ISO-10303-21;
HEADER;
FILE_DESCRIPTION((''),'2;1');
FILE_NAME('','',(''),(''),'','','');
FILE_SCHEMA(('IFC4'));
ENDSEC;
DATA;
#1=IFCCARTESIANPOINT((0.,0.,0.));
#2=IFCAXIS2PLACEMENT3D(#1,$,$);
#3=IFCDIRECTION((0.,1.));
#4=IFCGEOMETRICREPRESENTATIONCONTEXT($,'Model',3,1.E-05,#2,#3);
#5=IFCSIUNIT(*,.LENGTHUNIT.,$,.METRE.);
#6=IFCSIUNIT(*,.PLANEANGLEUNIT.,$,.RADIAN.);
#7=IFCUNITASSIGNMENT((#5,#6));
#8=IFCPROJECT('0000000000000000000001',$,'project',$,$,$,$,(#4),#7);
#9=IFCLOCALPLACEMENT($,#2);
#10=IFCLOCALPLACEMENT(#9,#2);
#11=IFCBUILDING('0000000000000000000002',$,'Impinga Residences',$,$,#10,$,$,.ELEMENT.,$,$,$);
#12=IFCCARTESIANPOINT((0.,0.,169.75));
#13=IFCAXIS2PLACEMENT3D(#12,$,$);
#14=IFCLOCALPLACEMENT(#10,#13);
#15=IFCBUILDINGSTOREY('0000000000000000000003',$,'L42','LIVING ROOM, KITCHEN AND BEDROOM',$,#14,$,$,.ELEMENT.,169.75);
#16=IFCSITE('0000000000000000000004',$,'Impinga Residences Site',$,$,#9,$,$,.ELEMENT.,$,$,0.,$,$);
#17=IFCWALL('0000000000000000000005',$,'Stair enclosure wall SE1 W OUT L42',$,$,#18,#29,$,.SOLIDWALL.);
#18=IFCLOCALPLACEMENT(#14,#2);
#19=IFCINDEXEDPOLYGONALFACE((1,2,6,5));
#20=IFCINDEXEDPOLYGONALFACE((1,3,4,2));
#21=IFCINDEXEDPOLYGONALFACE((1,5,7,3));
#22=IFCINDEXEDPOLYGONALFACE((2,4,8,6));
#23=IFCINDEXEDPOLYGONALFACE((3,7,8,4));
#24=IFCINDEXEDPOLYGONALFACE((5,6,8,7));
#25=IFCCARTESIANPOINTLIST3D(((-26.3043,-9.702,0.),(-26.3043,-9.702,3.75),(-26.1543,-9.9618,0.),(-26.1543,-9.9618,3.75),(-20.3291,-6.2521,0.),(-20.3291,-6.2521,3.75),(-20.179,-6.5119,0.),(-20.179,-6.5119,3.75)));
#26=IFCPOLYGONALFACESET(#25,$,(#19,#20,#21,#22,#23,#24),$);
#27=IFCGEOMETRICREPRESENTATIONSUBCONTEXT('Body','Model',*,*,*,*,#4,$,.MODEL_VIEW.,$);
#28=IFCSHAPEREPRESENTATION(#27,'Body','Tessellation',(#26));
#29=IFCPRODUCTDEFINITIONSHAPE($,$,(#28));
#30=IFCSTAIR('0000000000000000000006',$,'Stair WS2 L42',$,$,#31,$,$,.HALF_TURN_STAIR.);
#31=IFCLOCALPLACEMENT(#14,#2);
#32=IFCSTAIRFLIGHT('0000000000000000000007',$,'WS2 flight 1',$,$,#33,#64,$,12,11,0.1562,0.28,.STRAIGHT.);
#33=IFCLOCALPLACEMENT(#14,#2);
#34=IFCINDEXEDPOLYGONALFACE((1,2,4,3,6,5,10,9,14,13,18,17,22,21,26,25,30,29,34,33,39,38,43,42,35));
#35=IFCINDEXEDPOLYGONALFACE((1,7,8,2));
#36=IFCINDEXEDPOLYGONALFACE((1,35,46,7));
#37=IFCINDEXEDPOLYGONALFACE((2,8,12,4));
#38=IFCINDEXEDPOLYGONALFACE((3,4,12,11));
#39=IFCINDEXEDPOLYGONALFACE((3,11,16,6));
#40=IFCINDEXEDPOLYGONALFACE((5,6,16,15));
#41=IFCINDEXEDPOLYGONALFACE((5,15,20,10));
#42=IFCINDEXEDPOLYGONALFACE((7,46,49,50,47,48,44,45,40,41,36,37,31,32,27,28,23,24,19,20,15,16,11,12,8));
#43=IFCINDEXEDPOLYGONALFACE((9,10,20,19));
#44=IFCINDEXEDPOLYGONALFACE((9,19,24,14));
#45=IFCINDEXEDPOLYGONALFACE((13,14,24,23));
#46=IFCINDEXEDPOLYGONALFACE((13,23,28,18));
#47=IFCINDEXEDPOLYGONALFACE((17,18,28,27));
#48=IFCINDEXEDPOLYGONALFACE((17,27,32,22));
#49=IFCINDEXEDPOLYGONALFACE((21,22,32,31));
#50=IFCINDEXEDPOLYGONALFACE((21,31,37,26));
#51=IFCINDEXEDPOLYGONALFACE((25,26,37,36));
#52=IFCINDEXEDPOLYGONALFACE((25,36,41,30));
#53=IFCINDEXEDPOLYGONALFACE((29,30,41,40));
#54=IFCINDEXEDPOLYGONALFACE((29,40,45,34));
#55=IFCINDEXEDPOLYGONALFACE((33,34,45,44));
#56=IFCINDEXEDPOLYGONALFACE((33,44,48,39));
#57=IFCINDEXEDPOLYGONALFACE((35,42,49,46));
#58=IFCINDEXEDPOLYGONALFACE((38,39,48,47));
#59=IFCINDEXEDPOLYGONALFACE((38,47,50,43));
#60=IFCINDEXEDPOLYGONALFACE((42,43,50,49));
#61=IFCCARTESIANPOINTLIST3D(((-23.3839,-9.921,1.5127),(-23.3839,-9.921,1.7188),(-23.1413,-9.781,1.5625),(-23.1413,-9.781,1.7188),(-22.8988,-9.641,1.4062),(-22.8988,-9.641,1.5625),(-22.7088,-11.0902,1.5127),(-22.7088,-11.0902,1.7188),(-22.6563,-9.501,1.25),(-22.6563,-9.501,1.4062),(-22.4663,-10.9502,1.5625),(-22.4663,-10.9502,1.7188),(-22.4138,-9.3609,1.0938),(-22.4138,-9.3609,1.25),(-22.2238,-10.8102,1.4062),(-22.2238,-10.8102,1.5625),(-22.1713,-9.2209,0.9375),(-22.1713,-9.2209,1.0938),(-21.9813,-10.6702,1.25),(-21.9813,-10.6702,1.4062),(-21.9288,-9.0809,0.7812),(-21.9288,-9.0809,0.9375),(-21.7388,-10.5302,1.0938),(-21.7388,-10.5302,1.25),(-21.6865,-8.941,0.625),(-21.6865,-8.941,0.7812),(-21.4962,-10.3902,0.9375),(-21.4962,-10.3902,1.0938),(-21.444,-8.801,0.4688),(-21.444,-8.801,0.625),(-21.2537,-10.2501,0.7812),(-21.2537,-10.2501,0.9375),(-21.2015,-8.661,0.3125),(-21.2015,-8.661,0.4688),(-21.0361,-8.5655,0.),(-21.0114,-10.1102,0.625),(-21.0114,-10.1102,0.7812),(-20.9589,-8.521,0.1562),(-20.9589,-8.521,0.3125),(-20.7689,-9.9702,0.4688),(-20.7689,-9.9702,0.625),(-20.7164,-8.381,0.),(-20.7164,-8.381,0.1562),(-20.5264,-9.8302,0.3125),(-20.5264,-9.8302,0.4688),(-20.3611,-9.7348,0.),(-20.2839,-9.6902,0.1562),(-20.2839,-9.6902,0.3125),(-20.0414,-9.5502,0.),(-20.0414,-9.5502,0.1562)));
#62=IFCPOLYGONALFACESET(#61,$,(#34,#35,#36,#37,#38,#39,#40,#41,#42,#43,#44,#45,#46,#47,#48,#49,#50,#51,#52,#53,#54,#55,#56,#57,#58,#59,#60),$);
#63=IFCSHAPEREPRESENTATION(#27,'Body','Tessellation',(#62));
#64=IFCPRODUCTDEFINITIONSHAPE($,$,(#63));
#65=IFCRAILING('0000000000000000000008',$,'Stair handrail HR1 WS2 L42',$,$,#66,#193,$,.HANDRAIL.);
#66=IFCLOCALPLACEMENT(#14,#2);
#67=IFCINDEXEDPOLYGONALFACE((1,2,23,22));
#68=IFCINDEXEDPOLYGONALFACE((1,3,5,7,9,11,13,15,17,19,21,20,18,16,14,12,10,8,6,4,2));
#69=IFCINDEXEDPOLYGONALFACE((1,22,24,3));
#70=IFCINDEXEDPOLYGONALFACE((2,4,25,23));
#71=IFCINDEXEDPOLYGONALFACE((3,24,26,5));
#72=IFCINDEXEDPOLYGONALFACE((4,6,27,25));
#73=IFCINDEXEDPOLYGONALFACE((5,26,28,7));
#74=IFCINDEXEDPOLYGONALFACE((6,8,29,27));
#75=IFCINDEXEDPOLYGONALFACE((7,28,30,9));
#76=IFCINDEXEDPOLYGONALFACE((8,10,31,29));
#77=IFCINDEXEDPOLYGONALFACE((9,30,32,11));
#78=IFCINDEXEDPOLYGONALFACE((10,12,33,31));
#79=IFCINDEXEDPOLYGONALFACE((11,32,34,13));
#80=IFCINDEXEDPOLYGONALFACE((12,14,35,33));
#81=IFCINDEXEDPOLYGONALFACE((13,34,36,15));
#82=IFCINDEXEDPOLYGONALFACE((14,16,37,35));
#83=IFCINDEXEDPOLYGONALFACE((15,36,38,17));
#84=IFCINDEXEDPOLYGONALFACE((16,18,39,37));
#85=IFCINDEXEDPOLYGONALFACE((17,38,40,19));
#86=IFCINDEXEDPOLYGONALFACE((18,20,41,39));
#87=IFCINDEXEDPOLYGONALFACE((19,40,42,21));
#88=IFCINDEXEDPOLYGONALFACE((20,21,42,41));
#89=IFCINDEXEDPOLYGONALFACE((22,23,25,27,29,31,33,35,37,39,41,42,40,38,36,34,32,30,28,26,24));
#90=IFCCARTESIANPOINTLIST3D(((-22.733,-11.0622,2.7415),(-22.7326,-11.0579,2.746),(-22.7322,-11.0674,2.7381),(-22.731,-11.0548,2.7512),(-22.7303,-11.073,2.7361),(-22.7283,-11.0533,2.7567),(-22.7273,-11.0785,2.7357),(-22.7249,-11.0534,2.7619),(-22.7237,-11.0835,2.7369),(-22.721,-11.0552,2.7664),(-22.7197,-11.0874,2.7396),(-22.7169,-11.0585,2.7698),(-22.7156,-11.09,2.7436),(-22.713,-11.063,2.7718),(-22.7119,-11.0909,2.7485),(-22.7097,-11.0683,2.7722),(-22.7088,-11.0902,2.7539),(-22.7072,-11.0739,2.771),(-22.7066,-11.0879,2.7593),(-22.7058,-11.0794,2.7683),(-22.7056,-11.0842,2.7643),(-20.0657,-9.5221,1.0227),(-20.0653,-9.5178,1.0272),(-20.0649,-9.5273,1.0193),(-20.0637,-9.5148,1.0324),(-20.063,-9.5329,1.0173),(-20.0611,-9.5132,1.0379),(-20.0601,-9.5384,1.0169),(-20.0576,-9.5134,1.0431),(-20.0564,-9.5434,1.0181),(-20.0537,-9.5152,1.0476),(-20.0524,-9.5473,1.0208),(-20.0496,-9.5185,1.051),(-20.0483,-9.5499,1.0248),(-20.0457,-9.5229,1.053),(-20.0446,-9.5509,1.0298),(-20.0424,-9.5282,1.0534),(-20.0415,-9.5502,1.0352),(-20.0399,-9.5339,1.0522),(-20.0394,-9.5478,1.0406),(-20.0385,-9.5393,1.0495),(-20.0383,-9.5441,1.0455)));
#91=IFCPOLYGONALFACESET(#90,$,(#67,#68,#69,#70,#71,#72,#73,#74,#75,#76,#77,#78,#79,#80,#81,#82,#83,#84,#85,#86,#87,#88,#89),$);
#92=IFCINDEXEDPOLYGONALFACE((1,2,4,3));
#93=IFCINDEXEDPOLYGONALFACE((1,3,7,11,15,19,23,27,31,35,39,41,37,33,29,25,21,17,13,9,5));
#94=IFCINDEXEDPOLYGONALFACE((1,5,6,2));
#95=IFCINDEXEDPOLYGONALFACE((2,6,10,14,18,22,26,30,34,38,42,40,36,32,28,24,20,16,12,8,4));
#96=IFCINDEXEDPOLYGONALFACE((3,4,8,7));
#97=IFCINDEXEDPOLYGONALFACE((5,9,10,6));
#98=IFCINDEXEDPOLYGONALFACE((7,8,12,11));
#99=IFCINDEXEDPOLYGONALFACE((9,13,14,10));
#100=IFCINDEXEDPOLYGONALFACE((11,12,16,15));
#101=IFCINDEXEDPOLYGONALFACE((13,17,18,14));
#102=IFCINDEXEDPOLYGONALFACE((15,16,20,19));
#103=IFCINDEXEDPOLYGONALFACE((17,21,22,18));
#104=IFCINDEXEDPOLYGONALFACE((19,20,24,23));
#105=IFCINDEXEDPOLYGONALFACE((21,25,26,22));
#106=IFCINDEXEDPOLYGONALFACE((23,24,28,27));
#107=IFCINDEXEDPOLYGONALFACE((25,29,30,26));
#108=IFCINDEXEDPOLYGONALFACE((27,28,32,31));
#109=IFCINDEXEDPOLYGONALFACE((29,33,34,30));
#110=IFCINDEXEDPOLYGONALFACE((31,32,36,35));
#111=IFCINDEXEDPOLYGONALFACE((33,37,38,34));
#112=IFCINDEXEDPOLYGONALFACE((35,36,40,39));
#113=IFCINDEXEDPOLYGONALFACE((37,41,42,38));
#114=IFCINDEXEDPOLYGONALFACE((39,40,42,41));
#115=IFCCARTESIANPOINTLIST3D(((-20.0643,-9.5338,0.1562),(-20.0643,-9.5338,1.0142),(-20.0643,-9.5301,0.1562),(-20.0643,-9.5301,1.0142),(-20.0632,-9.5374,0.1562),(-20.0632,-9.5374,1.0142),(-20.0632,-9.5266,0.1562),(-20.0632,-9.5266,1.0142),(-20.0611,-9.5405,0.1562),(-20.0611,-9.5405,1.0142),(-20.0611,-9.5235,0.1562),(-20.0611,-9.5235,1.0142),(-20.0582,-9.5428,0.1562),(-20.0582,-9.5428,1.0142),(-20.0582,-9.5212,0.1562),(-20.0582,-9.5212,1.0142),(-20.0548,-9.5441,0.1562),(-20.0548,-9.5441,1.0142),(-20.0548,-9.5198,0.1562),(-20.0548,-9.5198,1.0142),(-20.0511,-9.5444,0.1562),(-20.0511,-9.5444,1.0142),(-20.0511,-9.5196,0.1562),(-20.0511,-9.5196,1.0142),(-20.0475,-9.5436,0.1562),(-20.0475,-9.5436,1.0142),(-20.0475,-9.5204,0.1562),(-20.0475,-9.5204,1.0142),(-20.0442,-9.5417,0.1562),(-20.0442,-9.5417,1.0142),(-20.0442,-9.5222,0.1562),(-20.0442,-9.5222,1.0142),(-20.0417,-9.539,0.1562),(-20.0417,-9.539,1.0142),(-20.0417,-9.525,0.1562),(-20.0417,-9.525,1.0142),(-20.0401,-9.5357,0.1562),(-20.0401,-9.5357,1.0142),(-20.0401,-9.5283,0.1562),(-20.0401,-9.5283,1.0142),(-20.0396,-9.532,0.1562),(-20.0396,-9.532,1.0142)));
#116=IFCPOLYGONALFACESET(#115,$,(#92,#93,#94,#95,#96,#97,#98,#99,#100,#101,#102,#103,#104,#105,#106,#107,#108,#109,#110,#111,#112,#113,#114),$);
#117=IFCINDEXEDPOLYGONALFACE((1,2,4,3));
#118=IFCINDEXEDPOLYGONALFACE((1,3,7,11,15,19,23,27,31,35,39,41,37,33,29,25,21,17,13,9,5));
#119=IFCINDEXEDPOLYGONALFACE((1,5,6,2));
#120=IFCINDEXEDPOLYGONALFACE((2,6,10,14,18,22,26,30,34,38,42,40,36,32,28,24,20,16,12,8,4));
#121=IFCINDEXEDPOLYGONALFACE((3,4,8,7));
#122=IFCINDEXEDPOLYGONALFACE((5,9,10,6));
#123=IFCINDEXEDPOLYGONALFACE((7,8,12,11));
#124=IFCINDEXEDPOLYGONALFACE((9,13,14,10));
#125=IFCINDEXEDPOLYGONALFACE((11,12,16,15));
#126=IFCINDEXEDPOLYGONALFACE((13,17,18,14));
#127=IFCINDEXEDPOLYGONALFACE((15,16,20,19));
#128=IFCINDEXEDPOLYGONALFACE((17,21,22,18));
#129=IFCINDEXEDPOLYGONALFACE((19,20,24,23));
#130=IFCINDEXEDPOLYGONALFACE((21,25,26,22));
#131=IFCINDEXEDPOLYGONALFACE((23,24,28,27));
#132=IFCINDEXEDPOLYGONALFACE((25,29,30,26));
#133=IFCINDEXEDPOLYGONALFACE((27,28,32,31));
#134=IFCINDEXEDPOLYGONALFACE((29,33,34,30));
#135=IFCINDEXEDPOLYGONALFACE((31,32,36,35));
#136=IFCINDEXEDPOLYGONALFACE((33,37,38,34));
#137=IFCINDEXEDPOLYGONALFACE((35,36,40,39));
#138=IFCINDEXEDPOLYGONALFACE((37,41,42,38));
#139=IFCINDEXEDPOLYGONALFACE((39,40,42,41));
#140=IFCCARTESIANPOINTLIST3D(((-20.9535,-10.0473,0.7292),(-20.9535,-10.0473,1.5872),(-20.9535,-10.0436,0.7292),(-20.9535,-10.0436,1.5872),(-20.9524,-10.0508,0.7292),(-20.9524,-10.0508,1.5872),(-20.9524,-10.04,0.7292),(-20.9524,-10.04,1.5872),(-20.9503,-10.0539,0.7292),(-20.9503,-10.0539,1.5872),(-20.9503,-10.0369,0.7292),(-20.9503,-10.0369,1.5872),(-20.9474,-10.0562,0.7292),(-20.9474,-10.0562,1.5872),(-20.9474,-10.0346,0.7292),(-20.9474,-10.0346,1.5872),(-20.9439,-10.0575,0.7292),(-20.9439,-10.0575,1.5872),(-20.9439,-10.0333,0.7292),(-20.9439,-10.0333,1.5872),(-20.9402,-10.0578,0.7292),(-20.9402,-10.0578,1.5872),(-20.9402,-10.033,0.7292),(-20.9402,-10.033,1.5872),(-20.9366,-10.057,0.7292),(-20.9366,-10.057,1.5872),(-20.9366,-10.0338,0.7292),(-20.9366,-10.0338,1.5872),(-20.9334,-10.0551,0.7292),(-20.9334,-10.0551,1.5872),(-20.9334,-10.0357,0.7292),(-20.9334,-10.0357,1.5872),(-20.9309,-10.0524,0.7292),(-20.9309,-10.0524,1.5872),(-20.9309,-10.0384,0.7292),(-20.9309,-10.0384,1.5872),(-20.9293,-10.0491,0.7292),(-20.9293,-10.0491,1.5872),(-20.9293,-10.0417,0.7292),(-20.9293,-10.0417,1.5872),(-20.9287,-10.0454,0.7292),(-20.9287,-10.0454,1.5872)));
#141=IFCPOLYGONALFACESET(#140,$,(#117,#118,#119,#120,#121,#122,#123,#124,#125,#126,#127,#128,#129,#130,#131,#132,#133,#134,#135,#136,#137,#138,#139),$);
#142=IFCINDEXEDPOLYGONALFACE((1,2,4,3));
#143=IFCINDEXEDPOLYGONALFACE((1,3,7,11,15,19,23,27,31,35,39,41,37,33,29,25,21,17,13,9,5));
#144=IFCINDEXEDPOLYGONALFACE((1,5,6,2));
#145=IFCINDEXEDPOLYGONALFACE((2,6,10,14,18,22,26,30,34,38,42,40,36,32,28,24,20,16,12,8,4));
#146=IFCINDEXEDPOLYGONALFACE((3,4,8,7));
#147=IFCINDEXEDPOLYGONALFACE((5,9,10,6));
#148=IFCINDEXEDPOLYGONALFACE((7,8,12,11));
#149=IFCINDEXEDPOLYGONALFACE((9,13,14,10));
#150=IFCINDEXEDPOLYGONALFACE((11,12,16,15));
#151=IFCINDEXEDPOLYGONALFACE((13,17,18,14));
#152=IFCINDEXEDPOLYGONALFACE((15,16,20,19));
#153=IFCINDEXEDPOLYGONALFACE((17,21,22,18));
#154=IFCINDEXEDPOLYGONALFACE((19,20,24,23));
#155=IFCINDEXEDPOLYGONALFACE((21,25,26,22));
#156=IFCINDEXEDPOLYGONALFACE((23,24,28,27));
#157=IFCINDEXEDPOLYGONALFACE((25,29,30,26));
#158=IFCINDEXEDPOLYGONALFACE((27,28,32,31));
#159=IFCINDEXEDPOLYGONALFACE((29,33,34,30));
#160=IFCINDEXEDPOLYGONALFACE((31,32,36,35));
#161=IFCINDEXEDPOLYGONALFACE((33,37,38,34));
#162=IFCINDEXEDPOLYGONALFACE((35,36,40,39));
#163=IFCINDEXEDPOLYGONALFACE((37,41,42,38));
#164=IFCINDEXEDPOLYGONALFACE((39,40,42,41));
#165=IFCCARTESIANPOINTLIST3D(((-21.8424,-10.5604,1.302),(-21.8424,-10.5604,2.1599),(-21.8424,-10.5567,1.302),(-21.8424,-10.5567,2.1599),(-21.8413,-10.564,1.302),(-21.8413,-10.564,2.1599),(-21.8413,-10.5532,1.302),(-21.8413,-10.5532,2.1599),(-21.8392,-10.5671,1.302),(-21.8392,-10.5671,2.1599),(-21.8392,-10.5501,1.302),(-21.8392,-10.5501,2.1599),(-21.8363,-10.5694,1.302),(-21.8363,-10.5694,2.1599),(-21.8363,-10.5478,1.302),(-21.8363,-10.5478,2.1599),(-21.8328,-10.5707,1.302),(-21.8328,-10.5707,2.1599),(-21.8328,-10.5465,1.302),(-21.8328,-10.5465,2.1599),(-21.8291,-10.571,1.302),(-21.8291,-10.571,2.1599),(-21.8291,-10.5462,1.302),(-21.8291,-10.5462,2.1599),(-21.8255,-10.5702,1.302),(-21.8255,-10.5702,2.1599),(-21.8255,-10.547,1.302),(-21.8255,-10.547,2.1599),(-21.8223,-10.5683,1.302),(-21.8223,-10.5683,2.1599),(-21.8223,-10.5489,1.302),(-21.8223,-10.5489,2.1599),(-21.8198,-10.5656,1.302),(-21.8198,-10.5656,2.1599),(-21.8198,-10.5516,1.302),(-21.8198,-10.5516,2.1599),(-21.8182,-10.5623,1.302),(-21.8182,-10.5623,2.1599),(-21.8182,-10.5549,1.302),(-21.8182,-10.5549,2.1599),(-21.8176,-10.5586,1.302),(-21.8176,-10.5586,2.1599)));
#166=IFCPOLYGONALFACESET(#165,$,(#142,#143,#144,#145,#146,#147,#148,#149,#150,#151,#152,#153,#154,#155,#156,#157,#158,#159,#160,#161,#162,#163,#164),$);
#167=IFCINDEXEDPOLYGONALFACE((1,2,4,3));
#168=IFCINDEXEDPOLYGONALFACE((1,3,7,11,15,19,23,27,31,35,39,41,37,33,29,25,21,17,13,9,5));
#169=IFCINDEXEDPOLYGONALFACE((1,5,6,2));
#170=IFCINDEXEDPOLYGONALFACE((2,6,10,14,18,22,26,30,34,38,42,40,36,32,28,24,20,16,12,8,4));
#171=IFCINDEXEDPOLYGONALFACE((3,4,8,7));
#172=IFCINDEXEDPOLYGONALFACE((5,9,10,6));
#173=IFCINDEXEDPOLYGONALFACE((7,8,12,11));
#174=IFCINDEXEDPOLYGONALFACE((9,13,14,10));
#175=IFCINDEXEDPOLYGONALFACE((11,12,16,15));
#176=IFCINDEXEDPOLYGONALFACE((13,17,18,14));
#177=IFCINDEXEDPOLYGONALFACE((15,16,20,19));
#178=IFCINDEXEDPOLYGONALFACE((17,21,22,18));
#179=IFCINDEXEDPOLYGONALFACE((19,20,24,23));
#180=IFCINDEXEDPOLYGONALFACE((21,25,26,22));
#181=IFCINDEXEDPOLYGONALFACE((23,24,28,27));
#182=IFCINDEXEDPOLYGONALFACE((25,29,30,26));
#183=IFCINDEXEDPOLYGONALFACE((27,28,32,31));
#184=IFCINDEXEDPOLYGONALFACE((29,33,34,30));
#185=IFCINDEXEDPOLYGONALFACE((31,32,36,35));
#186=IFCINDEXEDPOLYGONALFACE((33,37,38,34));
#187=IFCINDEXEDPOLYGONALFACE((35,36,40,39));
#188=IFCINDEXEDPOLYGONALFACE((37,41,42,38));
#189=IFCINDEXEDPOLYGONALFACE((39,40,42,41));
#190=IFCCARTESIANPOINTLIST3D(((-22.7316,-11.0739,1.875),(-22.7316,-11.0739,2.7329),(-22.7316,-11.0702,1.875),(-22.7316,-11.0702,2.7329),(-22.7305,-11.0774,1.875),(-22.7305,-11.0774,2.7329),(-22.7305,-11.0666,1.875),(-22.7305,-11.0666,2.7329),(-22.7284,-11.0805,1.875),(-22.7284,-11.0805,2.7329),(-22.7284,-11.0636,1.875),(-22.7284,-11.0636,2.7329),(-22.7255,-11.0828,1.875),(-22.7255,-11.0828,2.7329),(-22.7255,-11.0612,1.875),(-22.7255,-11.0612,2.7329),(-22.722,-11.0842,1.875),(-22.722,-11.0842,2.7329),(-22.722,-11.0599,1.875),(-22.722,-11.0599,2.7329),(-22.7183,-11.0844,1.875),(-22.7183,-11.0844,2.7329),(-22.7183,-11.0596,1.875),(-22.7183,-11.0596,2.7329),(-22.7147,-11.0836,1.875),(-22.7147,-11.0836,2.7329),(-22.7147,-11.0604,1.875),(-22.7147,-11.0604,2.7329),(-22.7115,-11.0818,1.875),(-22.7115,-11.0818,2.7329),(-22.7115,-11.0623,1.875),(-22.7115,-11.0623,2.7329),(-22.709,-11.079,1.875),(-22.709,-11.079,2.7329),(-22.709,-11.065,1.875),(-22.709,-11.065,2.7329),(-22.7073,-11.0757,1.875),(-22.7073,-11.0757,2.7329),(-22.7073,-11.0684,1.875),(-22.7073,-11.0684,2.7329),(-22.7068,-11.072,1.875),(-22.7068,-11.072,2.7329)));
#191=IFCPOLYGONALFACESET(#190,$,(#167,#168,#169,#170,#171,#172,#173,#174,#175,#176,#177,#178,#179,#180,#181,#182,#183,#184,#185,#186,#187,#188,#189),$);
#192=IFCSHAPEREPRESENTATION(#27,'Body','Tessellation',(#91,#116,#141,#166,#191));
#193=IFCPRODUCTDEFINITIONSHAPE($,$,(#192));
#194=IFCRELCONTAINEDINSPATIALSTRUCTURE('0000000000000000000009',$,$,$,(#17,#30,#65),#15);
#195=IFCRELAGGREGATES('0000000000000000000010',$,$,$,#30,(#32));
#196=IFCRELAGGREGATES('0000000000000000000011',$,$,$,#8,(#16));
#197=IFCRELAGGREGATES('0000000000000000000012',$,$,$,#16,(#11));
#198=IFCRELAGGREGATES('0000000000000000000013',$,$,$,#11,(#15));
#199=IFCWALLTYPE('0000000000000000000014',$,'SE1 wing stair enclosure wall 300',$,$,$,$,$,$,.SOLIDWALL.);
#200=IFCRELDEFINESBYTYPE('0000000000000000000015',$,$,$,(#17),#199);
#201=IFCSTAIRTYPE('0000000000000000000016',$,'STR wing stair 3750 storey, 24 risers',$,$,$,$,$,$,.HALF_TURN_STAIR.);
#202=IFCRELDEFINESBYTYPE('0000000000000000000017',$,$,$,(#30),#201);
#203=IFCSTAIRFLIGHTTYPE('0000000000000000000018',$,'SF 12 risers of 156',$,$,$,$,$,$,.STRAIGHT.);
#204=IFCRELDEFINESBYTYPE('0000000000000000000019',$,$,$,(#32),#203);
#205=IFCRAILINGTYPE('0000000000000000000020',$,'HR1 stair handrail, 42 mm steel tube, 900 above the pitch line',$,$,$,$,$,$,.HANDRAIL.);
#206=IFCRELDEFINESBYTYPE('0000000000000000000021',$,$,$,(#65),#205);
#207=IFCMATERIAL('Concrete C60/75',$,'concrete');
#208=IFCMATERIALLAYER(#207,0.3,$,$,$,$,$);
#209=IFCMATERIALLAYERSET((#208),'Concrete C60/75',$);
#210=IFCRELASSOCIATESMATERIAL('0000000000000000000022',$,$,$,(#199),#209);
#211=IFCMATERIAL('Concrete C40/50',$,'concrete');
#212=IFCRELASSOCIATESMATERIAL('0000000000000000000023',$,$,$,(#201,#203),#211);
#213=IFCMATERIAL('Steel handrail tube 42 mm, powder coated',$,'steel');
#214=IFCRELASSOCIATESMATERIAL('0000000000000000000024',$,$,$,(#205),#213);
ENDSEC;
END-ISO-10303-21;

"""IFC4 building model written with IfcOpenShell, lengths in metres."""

from ifc_helpers import new_model, si_unit, direction, frame, frame_2d, origin, origin_2d, place, context, subcontext, project, spatial, polyline, rectangle, circle, outline, extrude, material, layer, layer_set, type_object, element, aggregate, save


model = new_model("IFC4")

# Units and contexts
model_context = context("Model", 3, precision=1e-05, world=origin(), true_north=direction((0.0, 1.0)))
body_context = subcontext(model_context, "Body", "Model", "MODEL_VIEW")
ifc_project = project(units=[si_unit("LENGTHUNIT", "METRE"), si_unit("PLANEANGLEUNIT", "RADIAN")], contexts=[model_context])

# Site, building, storey
site_placement = place(None, origin())
site = spatial("IfcSite", under=ifc_project, at=site_placement, Name="Impinga Residences Site", CompositionType="ELEMENT", RefElevation=0.0)
building_placement = place(site_placement, origin())
building = spatial("IfcBuilding", under=site, at=building_placement, Name="Impinga Residences", CompositionType="ELEMENT")
storey_placement = place(building_placement, frame((0.0, 0.0, 169.75)))
storey = spatial("IfcBuildingStorey", under=building, at=storey_placement, Name="L42", Description="LIVING ROOM, KITCHEN AND BEDROOM", CompositionType="ELEMENT", Elevation=169.75)

# Shared definitions
ifc_material_1 = material(Name="Concrete C60/75", Category="concrete")

# Wall
ifc_layer_1 = layer(ifc_material_1, 0.3)
ifc_layer_set_1 = layer_set([ifc_layer_1], Name="Concrete C60/75")
wall_type_1 = type_object("IfcWallType", Name="SE1 wing stair enclosure wall 300", PredefinedType="SOLIDWALL", material=ifc_layer_set_1)
wall_1_placement = place(storey_placement, frame((-20.2542, -6.3821, 0.0), z_axis=(0.0, 0.0, 1.0), x_axis=(-0.86602, -0.500009, 0.0)))
element("IfcWall", 1, at=wall_1_placement, inside=storey, type_object=wall_type_1, Name="Stair enclosure wall SE1 W OUT L42", PredefinedType="SOLIDWALL", context=body_context, shape_type="SweptSolid", body=[
    extrude(rectangle(XDim=6.8997, YDim=0.3, at=frame_2d((3.4497, 0.0))), origin(), (0.0, 0.0, 1.0), 3.75),
])

# Stair, stair flight
ifc_material_2 = material(Name="Concrete C40/50", Category="concrete")
stair_type = type_object("IfcStairType", Name="STR wing stair 3750 storey, 24 risers", PredefinedType="HALF_TURN_STAIR", material=ifc_material_2)
stair_placement = place(storey_placement, origin())
stair = element("IfcStair", 2, at=stair_placement, inside=storey, type_object=stair_type, Name="Stair WS2 L42", PredefinedType="HALF_TURN_STAIR")
stair_flight_type = type_object("IfcStairFlightType", Name="SF 12 risers of 156", PredefinedType="STRAIGHT", material=ifc_material_2)
stair_flight_placement = place(storey_placement, frame((-20.3789, -8.9656, 0.0), z_axis=(0.0, 0.0, 1.0), x_axis=(-0.866025, -0.5, 0.0)))
stair_flight = element("IfcStairFlight", 3, at=stair_flight_placement, type_object=stair_flight_type, Name="WS2 flight 1", NumberOfRisers=12, NumberOfTreads=11, PredefinedType="STRAIGHT", RiserHeight=0.1562, TreadLength=0.28, context=body_context, shape_type="SweptSolid", body=[
    extrude(outline(polyline([(0.0, 0.0), (0.0, 0.1562), (0.28, 0.1562), (0.28, 0.3125), (0.5601, 0.3125), (0.5601, 0.4688), (0.8401, 0.4688), (0.8401, 0.625), (1.1201, 0.625), (1.1201, 0.7812), (1.3999, 0.7812), (1.3999, 0.9375), (1.6799, 0.9375), (1.6799, 1.0938), (1.96, 1.0938), (1.96, 1.25), (2.24, 1.25), (2.24, 1.4062), (2.52, 1.4062), (2.52, 1.5625), (2.8, 1.5625), (2.8, 1.7188), (3.0801, 1.7188), (3.0801, 1.875), (3.0801, 1.5127), (0.3691, 0.0), (0.0, 0.0)])), frame((0.0, 0.675, 0.0), z_axis=(0.0, -1.0, 0.0), x_axis=(1.0, 0.0, 0.0)), (0.0, 0.0, 1.0), 1.3501),
])
aggregate(stair, [stair_flight])

# Railing
ifc_material_3 = material(Name="Steel handrail tube 42 mm, powder coated", Category="steel")
railing_type = type_object("IfcRailingType", Name="HR1 stair handrail, 42 mm steel tube, 900 above the pitch line", PredefinedType="HANDRAIL", material=ifc_material_3)
railing_placement = place(storey_placement, frame((-20.052, -9.532, 0.1562)))
element("IfcRailing", 4, at=railing_placement, inside=storey, type_object=railing_type, Name="Stair handrail HR1 WS2 L42", PredefinedType="HANDRAIL", context=body_context, shape_type="SweptSolid", body=[
    extrude(circle(Radius=0.021, at=origin_2d()), frame((0.0, 0.0, 0.8789), z_axis=(-0.756226, -0.436639, 0.487307), x_axis=(0.500027, -0.86601, 0.0)), (0.0, 0.0, 1.0), 3.5271),
    extrude(circle(Radius=0.0125, at=origin_2d()), origin(), (0.0, 0.0, 1.0), 0.8579),
    extrude(circle(Radius=0.0125, at=origin_2d()), frame((-0.8892, -0.5134, 0.573)), (0.0, 0.0, 1.0), 0.8579),
    extrude(circle(Radius=0.0125, at=origin_2d()), frame((-1.7781, -1.0266, 1.1458)), (0.0, 0.0, 1.0), 0.8579),
    extrude(circle(Radius=0.0125, at=origin_2d()), frame((-2.6672, -1.54, 1.7188)), (0.0, 0.0, 1.0), 0.8579),
])

save(model, "model.ifc")
